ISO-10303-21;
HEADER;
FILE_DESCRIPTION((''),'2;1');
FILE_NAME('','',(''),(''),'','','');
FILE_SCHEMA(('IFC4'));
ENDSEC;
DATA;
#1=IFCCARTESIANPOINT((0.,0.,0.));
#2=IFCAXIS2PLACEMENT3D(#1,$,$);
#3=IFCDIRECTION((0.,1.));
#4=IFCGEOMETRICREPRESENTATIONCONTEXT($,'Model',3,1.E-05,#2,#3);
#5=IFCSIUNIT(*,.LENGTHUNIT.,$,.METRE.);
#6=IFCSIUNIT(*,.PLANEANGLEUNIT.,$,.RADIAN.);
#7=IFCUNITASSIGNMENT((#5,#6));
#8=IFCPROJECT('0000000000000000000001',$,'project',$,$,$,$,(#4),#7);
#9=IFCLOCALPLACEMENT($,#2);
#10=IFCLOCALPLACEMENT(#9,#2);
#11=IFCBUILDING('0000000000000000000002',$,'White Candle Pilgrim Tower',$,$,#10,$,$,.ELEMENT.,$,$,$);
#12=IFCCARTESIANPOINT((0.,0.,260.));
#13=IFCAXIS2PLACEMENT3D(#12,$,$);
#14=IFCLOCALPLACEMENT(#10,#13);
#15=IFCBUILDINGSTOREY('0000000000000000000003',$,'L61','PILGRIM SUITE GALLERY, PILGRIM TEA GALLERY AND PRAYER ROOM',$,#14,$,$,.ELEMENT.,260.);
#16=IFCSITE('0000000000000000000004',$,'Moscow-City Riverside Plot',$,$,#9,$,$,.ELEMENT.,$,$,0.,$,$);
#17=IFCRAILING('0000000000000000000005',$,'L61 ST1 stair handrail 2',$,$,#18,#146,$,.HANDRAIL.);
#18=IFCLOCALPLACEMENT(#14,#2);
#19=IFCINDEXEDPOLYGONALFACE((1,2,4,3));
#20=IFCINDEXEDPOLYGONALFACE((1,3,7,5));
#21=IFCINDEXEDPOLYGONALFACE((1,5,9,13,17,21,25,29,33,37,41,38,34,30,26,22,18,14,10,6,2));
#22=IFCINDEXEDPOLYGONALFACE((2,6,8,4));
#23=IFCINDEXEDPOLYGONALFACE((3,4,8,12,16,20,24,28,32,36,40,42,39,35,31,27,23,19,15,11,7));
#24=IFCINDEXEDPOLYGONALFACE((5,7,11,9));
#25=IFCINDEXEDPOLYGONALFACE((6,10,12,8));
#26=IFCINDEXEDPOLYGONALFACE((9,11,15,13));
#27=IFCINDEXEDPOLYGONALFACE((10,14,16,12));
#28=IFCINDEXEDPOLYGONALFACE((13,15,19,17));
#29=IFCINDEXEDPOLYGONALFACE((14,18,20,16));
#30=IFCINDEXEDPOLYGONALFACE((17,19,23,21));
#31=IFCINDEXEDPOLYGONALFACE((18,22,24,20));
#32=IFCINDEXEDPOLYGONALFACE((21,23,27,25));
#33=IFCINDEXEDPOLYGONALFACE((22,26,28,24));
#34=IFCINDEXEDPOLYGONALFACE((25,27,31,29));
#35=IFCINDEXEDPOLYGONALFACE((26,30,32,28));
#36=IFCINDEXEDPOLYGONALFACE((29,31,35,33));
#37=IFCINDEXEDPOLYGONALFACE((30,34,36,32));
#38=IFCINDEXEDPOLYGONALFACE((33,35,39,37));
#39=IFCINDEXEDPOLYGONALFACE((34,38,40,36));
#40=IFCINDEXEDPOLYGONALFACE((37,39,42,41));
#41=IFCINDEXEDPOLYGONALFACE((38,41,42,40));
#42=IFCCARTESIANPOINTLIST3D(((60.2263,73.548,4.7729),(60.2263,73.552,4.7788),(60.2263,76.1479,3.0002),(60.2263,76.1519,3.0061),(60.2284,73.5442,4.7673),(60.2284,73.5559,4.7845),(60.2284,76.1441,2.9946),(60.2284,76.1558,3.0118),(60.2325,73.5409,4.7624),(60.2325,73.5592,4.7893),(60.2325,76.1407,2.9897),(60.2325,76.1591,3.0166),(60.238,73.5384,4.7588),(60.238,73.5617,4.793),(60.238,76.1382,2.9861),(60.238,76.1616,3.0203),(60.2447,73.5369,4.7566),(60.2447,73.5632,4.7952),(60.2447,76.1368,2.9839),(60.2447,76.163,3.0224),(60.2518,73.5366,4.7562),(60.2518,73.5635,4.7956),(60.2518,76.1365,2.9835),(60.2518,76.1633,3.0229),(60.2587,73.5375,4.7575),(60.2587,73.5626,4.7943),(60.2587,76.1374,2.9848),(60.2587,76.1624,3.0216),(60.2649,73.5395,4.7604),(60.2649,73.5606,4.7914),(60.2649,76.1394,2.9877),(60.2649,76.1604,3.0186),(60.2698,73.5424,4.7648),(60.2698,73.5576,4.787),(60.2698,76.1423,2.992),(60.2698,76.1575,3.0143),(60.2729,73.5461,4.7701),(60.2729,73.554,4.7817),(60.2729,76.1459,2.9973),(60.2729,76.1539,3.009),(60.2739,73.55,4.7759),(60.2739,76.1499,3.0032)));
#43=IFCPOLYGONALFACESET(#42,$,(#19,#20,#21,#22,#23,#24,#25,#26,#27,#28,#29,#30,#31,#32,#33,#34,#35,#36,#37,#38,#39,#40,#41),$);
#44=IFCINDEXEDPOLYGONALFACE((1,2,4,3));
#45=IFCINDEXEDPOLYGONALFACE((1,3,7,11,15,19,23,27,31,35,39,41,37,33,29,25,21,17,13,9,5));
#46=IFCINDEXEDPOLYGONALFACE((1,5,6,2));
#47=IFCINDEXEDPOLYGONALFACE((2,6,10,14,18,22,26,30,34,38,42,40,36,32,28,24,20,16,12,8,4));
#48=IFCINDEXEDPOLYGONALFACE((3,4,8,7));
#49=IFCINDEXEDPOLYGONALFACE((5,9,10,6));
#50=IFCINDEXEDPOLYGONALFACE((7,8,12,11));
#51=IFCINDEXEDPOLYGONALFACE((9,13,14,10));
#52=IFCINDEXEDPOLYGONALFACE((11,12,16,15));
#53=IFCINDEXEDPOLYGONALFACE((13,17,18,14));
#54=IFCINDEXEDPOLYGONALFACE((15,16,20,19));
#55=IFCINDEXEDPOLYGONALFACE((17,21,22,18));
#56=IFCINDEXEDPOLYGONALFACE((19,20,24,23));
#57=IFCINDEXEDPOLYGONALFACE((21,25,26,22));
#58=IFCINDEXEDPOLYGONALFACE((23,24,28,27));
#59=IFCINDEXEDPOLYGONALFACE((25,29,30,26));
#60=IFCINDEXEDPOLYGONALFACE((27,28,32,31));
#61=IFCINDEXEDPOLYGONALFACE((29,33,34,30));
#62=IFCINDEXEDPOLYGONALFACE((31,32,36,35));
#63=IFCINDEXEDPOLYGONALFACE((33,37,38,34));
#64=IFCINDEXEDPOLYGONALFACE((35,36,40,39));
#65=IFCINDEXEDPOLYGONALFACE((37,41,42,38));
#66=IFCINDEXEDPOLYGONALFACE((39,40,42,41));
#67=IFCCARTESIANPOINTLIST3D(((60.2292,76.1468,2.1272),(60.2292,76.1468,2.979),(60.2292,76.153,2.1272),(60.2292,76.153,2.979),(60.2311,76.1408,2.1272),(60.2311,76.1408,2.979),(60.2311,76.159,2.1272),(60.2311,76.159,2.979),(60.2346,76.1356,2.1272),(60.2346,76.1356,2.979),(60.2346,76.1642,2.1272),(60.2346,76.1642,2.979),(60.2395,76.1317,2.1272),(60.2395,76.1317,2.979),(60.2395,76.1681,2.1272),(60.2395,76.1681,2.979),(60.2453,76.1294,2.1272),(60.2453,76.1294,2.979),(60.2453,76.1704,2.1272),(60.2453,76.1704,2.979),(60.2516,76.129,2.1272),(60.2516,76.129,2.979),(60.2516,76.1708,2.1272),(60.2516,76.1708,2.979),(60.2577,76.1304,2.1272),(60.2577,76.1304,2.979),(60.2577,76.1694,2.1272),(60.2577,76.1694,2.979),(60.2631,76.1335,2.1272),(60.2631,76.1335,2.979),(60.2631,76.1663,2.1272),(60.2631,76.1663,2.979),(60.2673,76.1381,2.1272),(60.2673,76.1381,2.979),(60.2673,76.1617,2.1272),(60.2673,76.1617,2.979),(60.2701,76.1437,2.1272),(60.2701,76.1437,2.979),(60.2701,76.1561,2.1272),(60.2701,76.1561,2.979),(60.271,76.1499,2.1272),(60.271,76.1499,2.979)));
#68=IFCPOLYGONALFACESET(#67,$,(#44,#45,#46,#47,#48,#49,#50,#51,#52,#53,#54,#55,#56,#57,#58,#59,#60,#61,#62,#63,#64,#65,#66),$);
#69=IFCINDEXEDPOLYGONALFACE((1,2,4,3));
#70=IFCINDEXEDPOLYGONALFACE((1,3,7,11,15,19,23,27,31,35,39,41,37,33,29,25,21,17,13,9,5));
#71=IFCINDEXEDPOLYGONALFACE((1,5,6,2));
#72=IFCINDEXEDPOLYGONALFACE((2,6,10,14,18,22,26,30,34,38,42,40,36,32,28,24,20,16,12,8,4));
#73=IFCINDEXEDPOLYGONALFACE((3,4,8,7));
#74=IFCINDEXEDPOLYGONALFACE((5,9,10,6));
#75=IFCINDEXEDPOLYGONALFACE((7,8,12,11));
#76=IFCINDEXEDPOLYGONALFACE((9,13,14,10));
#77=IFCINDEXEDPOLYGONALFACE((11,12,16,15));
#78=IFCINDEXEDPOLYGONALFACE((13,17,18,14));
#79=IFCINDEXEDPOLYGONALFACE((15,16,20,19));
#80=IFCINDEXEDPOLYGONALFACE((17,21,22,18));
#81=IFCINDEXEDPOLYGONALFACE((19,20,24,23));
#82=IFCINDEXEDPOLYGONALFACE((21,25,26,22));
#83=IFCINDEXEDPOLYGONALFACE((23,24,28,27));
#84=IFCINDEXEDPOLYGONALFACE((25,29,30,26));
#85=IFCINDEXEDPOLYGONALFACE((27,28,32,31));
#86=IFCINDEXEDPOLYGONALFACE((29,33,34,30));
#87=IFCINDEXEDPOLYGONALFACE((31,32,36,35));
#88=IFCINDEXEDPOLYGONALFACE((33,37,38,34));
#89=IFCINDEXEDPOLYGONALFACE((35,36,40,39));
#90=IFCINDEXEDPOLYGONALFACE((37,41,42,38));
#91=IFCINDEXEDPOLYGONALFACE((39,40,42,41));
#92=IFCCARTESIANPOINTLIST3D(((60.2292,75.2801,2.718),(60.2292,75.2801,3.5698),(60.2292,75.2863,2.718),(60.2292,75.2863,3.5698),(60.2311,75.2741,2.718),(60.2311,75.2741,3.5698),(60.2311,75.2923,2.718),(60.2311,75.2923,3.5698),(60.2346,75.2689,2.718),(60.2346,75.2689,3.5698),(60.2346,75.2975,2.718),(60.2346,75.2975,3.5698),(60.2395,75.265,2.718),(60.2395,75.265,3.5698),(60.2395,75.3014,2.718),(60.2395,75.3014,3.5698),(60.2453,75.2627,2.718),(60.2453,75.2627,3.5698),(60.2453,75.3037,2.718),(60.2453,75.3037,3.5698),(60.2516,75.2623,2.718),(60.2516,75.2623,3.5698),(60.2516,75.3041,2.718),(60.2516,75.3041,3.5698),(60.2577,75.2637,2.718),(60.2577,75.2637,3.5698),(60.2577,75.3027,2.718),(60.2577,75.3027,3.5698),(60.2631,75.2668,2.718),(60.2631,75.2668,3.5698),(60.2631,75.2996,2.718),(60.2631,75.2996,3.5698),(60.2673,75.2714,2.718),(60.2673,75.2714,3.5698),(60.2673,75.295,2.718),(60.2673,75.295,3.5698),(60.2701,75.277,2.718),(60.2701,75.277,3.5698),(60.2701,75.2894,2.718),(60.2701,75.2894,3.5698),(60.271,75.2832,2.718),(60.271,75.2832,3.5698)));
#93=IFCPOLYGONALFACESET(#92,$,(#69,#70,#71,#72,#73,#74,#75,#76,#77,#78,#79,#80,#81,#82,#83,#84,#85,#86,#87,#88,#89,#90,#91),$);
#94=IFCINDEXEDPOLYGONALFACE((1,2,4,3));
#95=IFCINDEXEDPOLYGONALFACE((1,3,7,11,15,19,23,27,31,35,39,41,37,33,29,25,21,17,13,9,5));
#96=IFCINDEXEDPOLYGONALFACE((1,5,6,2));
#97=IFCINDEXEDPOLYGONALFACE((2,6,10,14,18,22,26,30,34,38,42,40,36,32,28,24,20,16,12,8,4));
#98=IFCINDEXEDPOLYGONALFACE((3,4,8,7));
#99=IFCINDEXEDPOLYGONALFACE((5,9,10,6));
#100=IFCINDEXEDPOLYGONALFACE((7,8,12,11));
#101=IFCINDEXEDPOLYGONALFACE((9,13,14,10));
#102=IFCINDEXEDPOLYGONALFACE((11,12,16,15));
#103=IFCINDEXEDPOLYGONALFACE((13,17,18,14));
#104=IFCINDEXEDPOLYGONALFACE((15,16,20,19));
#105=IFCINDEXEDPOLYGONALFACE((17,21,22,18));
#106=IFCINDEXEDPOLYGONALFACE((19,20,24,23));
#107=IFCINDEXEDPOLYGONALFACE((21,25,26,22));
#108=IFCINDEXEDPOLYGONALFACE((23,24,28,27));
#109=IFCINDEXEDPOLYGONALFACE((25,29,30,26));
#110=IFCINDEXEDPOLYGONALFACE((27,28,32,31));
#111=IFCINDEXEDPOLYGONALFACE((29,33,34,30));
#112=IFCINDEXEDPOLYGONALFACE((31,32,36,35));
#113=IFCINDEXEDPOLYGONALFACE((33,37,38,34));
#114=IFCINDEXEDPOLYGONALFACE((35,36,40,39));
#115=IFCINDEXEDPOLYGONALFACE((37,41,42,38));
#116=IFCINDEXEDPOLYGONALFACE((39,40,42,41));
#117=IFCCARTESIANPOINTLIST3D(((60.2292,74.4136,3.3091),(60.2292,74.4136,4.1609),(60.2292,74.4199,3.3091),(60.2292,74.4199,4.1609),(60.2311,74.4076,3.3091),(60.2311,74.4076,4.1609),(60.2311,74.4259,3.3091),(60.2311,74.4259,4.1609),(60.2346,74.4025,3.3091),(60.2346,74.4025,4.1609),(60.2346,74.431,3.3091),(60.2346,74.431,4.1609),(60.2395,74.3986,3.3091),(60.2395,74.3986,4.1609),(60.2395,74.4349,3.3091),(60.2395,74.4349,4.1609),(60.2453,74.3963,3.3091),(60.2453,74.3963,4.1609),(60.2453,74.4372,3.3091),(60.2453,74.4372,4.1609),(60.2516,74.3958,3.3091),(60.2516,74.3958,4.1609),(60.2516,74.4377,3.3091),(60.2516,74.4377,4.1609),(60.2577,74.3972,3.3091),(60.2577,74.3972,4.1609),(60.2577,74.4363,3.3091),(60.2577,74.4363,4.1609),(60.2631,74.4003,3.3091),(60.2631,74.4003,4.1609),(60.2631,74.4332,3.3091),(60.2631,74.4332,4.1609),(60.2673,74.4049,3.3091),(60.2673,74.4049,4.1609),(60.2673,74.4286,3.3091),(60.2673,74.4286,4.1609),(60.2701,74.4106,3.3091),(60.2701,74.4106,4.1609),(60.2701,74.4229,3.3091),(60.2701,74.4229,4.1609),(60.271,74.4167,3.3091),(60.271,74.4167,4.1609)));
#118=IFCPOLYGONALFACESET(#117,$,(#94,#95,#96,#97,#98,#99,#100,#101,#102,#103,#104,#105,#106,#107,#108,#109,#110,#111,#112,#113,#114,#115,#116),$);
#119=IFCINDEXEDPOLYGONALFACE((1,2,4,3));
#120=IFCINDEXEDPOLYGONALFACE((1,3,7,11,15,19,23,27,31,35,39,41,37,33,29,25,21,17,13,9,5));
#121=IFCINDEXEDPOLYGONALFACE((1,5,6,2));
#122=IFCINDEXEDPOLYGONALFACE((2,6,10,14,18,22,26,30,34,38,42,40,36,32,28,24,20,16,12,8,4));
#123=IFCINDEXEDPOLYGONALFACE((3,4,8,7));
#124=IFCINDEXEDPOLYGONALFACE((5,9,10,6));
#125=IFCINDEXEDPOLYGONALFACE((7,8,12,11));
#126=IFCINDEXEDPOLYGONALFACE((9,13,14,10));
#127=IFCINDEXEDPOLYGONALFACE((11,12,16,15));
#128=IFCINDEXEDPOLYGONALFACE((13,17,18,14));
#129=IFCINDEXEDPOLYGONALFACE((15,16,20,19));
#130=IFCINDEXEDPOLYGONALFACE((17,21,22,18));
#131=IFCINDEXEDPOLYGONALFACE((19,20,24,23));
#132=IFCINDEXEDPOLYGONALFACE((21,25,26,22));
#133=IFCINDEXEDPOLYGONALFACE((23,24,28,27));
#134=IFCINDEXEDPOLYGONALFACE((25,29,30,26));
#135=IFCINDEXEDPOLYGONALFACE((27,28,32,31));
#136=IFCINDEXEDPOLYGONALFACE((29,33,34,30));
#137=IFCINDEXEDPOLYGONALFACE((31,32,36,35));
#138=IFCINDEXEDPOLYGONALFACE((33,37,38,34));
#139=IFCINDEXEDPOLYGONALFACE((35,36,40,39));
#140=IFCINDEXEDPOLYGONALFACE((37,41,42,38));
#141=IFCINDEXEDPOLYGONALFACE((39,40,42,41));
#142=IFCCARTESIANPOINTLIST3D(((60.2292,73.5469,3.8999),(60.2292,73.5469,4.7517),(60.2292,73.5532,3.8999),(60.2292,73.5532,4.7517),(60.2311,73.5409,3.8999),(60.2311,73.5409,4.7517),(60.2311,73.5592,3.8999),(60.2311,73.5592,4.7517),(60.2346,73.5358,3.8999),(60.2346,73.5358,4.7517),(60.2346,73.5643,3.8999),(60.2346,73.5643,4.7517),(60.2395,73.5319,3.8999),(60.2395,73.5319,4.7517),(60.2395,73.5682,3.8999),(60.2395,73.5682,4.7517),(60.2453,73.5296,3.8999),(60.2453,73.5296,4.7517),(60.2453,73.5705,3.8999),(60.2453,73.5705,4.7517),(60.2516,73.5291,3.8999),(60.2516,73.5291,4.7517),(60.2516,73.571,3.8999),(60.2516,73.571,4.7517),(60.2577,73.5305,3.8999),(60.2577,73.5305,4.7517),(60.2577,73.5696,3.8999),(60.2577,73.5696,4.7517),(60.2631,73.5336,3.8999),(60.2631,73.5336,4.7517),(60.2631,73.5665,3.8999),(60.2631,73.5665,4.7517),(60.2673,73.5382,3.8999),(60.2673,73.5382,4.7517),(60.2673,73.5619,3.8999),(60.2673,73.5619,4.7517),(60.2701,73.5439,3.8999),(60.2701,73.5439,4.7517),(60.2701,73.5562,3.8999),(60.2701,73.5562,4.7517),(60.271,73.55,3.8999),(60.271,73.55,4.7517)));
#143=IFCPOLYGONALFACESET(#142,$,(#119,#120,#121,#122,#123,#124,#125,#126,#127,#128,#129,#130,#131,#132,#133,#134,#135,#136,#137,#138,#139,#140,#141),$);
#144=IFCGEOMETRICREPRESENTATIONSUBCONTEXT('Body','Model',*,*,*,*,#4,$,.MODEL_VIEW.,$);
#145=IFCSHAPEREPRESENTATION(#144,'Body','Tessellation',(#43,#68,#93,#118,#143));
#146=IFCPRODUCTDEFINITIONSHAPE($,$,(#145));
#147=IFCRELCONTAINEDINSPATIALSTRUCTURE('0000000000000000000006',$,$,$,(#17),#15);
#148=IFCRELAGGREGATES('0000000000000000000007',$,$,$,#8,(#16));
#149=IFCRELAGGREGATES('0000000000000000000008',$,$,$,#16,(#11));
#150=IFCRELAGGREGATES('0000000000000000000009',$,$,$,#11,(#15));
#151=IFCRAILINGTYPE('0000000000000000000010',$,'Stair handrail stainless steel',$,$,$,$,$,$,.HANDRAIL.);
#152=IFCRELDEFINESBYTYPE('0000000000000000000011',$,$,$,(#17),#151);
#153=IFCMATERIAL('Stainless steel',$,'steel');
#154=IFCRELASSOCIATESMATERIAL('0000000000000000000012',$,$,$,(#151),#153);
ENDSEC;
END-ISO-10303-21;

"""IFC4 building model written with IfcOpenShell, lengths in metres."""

from ifc_helpers import new_model, si_unit, direction, frame, origin, origin_2d, place, context, subcontext, project, spatial, circle, extrude, material, type_object, element, save


model = new_model("IFC4")

# Units and contexts
model_context = context("Model", 3, precision=1e-05, world=origin(), true_north=direction((0.0, 1.0)))
body_context = subcontext(model_context, "Body", "Model", "MODEL_VIEW")
ifc_project = project(units=[si_unit("LENGTHUNIT", "METRE"), si_unit("PLANEANGLEUNIT", "RADIAN")], contexts=[model_context])

# Site, building, storey
site_placement = place(None, origin())
site = spatial("IfcSite", under=ifc_project, at=site_placement, Name="Moscow-City Riverside Plot", CompositionType="ELEMENT", RefElevation=0.0)
building_placement = place(site_placement, origin())
building = spatial("IfcBuilding", under=site, at=building_placement, Name="White Candle Pilgrim Tower", CompositionType="ELEMENT")
storey_placement = place(building_placement, frame((0.0, 0.0, 260.0)))
storey = spatial("IfcBuildingStorey", under=building, at=storey_placement, Name="L61", Description="PILGRIM SUITE GALLERY, PILGRIM TEA GALLERY AND PRAYER ROOM", CompositionType="ELEMENT", Elevation=260.0)

# Shared definitions
ifc_material_1 = material(Name="Stainless steel", Category="steel")

# Railing
railing_type_1 = type_object("IfcRailingType", Name="Stair handrail stainless steel", PredefinedType="HANDRAIL", material=ifc_material_1)
railing_1_placement = place(storey_placement, frame((60.25, 76.1499, 2.1272)))
element("IfcRailing", 1, at=railing_1_placement, inside=storey, type_object=railing_type_1, Name="L61 ST1 stair handrail 2", PredefinedType="HANDRAIL", context=body_context, shape_type="SweptSolid", body=[
    extrude(circle(Radius=0.0239, at=origin_2d()), frame((0.0, 0.0, 0.876), z_axis=(0.0, -0.826216, 0.563354), x_axis=(1.0, 0.0, 0.0)), (0.0, 0.0, 1.0), 3.1467),
    extrude(circle(Radius=0.021, at=origin_2d()), origin(), (0.0, 0.0, 1.0), 0.8518),
    extrude(circle(Radius=0.021, at=origin_2d()), frame((0.0, -0.8667, 0.5908)), (0.0, 0.0, 1.0), 0.8518),
    extrude(circle(Radius=0.021, at=origin_2d()), frame((0.0, -1.7332, 1.1819)), (0.0, 0.0, 1.0), 0.8518),
    extrude(circle(Radius=0.021, at=origin_2d()), frame((0.0, -2.5999, 1.7727)), (0.0, 0.0, 1.0), 0.8518),
])

save(model, "model.ifc")
